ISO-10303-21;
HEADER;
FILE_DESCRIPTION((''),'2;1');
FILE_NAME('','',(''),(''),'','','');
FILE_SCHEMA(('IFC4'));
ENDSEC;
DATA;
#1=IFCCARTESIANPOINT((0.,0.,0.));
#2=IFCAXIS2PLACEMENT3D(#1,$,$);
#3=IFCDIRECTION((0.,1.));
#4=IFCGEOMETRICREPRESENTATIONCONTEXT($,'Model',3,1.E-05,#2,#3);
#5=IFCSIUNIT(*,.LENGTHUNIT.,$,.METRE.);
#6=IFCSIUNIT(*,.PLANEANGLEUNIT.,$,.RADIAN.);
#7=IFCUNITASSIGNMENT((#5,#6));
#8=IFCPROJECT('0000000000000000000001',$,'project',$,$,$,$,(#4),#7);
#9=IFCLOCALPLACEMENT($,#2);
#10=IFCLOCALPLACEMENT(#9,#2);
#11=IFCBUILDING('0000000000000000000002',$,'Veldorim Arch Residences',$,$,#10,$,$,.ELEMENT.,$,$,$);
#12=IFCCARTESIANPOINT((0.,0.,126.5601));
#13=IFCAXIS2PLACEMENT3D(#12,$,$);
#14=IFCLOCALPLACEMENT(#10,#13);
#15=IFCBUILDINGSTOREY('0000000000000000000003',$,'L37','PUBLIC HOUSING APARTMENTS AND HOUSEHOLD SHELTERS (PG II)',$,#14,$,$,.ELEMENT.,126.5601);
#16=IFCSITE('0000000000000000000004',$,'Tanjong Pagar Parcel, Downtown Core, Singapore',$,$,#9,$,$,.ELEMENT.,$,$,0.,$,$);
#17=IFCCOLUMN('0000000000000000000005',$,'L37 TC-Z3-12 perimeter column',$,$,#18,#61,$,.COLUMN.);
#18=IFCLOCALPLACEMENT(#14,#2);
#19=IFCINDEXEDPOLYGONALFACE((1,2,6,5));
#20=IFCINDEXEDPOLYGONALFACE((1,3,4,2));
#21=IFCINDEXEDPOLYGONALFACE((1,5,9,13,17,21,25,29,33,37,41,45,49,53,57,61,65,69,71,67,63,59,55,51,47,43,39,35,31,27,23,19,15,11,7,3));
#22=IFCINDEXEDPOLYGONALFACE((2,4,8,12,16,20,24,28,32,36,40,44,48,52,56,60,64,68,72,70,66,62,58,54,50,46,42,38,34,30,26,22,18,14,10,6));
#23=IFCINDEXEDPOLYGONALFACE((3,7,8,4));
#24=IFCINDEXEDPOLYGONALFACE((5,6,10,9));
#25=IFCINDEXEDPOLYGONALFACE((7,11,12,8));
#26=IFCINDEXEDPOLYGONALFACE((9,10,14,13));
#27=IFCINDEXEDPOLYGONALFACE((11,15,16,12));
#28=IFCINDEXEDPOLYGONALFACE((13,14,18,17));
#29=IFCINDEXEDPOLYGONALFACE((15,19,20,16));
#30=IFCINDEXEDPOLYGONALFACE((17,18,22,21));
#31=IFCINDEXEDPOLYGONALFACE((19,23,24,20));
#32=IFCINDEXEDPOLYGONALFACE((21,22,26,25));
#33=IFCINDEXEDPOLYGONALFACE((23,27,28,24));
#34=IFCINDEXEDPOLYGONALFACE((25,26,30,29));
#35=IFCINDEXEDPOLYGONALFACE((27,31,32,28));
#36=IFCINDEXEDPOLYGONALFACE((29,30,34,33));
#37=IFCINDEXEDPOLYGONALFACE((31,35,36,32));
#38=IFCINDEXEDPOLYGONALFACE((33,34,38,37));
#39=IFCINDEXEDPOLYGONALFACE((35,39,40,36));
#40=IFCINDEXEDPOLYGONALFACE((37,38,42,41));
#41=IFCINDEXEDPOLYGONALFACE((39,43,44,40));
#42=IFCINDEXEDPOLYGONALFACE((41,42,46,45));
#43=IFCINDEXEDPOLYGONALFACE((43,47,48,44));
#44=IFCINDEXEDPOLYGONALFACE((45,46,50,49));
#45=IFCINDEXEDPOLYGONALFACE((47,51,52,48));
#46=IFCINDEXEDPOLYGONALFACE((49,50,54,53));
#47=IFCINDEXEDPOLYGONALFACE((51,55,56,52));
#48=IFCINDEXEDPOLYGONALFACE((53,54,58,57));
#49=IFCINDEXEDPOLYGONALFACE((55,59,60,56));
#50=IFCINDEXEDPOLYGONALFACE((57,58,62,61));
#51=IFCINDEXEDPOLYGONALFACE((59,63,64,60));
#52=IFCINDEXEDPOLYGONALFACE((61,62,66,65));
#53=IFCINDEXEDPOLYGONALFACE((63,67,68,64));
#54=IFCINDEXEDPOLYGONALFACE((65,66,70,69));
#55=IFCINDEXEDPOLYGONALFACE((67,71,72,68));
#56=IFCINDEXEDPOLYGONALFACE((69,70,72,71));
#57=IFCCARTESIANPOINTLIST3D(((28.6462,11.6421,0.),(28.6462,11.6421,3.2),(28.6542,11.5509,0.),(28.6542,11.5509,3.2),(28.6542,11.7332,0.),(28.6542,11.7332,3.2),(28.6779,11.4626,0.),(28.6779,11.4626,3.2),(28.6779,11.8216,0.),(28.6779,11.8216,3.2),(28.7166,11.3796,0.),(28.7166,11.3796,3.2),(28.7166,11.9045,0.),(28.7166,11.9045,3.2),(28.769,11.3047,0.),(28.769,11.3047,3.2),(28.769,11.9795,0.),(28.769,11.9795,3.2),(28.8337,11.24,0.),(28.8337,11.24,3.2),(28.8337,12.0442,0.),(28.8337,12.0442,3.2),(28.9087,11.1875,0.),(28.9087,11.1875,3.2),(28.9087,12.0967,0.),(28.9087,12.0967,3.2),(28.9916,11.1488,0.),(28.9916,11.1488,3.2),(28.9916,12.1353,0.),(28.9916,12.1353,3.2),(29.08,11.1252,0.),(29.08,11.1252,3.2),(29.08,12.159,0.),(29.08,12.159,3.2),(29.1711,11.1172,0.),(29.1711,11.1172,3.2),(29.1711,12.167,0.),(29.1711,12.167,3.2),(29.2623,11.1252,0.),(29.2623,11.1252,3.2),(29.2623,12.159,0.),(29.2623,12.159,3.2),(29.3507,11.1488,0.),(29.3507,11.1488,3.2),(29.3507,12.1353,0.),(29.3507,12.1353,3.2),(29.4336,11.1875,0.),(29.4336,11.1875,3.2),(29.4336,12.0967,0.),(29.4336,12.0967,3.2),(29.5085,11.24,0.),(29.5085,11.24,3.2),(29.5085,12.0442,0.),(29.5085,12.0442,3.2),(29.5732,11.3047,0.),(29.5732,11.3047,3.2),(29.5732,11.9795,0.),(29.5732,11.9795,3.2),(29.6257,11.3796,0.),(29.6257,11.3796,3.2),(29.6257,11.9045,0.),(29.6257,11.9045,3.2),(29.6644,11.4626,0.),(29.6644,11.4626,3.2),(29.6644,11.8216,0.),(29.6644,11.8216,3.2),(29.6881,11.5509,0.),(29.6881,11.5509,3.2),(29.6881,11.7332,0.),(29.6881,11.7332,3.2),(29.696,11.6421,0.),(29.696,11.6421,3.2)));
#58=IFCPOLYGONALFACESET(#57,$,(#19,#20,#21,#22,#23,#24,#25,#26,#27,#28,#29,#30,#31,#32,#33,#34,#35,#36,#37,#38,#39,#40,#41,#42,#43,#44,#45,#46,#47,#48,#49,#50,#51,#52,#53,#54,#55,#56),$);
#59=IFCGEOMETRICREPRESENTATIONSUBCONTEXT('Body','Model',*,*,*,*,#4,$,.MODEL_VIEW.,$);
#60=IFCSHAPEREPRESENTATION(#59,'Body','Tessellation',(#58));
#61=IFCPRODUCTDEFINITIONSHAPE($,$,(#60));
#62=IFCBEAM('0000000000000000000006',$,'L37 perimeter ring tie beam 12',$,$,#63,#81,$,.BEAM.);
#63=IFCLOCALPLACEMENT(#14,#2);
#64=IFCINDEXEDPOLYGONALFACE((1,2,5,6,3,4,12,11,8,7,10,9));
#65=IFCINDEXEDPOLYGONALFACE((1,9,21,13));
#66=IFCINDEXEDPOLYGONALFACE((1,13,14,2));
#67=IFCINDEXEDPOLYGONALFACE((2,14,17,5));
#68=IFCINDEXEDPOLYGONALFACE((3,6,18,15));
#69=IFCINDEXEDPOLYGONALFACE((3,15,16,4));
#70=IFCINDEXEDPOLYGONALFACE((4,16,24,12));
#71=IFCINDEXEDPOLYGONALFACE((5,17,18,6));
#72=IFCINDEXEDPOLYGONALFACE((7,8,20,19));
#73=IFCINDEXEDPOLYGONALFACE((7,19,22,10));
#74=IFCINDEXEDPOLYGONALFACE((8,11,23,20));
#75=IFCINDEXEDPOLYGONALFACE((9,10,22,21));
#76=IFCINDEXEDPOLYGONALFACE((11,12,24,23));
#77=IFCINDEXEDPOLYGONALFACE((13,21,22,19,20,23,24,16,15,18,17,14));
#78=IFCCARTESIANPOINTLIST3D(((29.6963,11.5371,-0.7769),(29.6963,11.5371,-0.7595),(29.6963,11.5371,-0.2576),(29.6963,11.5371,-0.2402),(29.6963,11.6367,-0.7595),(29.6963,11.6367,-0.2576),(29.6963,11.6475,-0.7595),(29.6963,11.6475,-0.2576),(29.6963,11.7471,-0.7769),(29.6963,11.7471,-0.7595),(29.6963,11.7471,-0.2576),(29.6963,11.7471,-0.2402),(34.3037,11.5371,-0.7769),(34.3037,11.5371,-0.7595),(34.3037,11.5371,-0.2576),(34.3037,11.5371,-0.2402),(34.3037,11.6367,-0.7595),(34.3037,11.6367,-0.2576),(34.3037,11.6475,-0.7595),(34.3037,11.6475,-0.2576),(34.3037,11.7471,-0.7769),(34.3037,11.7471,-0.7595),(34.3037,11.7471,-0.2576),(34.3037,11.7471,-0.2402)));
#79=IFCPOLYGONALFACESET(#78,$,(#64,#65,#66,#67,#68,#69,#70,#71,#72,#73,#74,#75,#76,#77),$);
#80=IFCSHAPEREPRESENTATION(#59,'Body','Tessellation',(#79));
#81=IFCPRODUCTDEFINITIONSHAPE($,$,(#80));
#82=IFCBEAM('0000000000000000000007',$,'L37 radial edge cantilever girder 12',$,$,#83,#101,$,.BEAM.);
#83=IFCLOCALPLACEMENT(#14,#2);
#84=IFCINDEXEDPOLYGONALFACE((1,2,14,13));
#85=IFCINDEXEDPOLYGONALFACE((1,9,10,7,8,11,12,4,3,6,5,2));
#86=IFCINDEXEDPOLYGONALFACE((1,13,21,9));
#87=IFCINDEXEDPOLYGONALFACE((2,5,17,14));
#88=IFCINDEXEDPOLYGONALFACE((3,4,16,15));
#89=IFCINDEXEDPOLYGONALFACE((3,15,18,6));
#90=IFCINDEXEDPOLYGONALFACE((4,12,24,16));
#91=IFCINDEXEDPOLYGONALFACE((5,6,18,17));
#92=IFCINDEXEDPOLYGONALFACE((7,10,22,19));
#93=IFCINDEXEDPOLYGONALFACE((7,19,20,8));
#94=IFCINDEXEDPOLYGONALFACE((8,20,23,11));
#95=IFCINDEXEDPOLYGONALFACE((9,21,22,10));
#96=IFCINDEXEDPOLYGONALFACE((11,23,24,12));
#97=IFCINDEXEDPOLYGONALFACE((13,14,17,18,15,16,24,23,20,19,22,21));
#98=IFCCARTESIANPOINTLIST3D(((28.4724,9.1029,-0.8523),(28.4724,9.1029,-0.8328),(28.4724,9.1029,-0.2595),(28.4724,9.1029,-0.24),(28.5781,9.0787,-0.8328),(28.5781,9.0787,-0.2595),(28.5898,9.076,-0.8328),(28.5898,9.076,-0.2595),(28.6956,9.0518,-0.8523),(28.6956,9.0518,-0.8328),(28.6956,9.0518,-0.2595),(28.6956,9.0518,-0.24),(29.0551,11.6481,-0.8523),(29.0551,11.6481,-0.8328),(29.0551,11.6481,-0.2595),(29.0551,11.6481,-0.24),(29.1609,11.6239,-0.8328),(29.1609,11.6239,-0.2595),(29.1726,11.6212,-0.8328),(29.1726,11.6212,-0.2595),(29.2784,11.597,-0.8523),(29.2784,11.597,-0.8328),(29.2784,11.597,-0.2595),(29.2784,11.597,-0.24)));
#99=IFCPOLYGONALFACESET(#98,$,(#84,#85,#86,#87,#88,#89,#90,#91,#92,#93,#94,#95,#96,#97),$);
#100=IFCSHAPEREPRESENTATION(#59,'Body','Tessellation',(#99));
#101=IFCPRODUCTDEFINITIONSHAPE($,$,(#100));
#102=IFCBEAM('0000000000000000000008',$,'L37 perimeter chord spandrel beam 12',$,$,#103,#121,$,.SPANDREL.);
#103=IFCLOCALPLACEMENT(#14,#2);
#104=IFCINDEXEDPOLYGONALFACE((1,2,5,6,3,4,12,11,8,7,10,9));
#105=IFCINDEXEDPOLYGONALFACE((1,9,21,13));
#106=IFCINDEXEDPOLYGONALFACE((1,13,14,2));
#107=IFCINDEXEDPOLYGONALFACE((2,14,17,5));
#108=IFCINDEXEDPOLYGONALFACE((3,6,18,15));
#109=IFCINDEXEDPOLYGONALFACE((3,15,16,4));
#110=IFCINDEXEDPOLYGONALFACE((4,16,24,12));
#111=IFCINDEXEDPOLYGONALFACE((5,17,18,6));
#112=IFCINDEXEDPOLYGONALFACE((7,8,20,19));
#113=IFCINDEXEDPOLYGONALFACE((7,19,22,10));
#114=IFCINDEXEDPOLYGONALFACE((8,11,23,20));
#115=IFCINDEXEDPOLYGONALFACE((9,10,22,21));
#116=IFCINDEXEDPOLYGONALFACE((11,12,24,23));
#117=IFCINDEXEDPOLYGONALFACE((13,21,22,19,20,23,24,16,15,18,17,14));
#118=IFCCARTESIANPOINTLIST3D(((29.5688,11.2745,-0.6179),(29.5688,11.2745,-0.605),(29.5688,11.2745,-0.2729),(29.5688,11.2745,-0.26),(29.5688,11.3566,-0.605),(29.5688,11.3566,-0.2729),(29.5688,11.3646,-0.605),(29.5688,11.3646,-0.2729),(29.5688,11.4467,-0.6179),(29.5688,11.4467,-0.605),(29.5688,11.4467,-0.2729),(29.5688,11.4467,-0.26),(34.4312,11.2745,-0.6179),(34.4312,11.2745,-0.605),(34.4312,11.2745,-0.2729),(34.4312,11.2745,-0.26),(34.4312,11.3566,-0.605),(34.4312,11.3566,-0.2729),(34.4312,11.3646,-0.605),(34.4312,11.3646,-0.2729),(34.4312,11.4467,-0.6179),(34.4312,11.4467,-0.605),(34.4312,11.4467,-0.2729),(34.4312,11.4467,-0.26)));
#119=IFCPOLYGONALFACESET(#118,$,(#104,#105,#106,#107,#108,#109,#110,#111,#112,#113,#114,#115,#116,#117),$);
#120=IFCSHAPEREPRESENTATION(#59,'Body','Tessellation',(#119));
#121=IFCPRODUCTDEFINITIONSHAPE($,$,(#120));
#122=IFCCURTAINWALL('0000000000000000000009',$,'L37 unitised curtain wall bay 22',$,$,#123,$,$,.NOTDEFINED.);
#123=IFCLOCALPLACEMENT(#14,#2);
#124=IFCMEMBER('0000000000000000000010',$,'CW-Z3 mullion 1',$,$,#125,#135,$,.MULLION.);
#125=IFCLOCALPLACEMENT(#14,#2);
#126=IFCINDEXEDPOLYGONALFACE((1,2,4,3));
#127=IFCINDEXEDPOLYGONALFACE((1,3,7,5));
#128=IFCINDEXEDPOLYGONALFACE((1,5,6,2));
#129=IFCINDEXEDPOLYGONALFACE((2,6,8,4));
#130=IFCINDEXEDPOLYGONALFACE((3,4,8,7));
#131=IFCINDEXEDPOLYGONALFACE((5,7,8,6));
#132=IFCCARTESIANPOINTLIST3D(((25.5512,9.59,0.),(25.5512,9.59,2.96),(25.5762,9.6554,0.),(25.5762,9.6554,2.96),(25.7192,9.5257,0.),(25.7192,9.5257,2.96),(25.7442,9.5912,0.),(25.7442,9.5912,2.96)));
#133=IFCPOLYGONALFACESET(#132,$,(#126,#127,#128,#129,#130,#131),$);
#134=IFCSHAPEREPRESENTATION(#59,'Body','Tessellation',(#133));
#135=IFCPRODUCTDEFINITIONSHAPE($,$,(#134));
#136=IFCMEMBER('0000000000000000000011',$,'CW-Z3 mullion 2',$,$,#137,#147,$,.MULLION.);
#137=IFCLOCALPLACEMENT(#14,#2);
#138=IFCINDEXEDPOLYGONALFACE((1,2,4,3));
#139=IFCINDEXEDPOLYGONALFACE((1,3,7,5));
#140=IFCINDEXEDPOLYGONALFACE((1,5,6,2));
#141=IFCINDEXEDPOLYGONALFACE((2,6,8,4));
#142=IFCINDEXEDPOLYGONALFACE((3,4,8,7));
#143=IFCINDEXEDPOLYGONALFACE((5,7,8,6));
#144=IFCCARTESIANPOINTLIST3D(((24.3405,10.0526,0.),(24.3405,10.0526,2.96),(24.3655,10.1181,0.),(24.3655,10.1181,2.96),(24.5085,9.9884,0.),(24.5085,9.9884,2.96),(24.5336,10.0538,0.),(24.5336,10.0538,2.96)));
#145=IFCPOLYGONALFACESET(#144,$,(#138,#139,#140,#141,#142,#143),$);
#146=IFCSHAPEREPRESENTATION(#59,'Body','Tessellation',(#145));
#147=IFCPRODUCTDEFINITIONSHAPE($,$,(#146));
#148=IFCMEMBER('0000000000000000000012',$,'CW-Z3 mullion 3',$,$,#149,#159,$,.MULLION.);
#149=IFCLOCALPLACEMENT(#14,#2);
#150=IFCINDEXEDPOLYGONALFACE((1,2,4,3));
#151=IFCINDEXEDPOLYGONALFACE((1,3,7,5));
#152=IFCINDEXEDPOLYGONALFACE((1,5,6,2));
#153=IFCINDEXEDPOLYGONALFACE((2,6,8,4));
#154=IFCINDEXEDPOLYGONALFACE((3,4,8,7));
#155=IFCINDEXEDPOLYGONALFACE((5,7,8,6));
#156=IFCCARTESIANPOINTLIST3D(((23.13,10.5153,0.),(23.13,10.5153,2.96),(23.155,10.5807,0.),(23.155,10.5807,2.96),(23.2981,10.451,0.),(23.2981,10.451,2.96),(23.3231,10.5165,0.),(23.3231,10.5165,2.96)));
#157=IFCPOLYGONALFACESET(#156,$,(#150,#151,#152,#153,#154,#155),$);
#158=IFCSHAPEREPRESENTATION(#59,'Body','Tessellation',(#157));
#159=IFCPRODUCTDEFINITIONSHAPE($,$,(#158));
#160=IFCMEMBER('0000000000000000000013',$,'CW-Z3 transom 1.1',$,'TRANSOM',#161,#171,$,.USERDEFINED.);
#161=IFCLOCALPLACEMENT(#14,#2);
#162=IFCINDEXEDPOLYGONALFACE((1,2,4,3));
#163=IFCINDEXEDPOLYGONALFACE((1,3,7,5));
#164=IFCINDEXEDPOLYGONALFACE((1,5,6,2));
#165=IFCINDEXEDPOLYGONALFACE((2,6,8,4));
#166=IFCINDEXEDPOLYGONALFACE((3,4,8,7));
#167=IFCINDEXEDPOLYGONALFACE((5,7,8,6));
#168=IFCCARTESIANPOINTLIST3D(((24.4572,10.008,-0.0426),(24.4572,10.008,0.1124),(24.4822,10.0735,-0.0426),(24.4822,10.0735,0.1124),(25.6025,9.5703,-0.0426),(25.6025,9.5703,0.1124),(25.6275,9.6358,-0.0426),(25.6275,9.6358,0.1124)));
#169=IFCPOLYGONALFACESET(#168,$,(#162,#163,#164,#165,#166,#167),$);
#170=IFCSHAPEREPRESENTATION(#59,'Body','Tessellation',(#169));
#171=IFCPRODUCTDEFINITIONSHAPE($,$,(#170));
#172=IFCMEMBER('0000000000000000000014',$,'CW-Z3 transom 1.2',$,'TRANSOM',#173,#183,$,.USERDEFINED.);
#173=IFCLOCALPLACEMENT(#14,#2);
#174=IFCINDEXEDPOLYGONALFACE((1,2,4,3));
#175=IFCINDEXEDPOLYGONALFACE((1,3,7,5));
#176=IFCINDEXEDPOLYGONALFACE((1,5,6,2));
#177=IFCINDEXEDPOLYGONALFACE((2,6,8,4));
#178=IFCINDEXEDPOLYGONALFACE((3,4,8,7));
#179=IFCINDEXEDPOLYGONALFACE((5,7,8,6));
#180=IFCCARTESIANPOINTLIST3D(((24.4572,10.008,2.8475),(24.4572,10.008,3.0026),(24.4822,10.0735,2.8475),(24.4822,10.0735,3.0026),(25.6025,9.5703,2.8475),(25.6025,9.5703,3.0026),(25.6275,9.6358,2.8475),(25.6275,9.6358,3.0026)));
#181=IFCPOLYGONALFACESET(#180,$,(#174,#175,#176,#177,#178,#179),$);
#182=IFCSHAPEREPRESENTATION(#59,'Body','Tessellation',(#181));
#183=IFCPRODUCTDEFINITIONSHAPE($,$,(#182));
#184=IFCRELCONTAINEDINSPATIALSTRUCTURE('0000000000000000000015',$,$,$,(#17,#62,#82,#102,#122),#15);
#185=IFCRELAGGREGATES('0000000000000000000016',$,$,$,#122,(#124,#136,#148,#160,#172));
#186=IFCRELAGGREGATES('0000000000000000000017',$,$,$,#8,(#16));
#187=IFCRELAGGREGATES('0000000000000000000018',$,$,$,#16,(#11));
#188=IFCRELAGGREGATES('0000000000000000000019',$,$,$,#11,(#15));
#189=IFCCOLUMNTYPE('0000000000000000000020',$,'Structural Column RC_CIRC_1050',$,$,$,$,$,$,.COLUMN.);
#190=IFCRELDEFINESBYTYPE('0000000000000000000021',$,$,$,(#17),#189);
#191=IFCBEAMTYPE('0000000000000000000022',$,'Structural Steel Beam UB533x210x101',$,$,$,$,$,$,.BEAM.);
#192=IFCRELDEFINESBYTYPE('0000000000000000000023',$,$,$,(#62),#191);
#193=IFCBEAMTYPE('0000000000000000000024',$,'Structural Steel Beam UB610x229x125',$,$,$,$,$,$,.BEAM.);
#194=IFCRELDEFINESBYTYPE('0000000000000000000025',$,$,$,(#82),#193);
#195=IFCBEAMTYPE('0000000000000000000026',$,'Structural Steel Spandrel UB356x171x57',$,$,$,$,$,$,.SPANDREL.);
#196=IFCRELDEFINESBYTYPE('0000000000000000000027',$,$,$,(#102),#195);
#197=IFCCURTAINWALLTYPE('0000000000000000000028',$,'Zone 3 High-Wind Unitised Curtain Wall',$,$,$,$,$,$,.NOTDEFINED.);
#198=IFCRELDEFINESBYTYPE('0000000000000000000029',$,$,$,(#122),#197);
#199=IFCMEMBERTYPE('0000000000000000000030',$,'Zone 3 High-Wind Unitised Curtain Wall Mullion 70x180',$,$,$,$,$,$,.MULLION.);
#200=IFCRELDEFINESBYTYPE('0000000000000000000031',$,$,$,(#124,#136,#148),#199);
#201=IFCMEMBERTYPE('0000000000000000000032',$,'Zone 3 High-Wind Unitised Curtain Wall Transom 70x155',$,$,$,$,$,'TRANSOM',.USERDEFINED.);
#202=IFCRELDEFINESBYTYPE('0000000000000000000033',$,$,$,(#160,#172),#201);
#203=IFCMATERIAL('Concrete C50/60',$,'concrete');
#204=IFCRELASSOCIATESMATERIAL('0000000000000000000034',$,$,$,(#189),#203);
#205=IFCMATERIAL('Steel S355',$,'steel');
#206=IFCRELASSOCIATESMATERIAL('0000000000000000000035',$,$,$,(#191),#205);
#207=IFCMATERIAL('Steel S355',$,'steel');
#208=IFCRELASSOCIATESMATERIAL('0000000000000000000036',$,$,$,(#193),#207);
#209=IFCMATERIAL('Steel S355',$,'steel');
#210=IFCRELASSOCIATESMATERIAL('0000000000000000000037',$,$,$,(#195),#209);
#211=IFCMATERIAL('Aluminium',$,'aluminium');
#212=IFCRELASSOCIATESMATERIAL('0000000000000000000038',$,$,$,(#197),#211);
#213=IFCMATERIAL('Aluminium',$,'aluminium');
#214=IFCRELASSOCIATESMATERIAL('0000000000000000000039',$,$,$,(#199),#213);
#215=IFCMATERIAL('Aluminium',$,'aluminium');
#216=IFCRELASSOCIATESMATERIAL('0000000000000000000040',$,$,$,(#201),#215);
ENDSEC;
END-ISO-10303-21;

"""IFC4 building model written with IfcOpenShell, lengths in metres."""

from ifc_helpers import new_model, si_unit, direction, frame, origin, origin_2d, place, context, subcontext, project, spatial, rectangle, circle, i_section, extrude, material, material_profile, profile_set, type_object, element, aggregate, save


model = new_model("IFC4")

# Units and contexts
model_context = context("Model", 3, precision=1e-05, world=origin(), true_north=direction((0.0, 1.0)))
body_context = subcontext(model_context, "Body", "Model", "MODEL_VIEW")
ifc_project = project(units=[si_unit("LENGTHUNIT", "METRE"), si_unit("PLANEANGLEUNIT", "RADIAN")], contexts=[model_context])

# Site, building, storey
site_placement = place(None, origin())
site = spatial("IfcSite", under=ifc_project, at=site_placement, Name="Tanjong Pagar Parcel, Downtown Core, Singapore", CompositionType="ELEMENT", RefElevation=0.0)
building_placement = place(site_placement, origin())
building = spatial("IfcBuilding", under=site, at=building_placement, Name="Veldorim Arch Residences", CompositionType="ELEMENT")
storey_placement = place(building_placement, frame((0.0, 0.0, 126.5601)))
storey = spatial("IfcBuildingStorey", under=building, at=storey_placement, Name="L37", Description="PUBLIC HOUSING APARTMENTS AND HOUSEHOLD SHELTERS (PG II)", CompositionType="ELEMENT", Elevation=126.5601)

# Column
ifc_material_1 = material(Name="Concrete C50/60", Category="concrete")
ifc_material_profile_1 = material_profile(ifc_material_1, circle(Radius=0.5249, at=origin_2d()), Name="RC_CIRC_1050")
ifc_profile_set_1 = profile_set([ifc_material_profile_1], Name="Concrete C50/60")
column_type = type_object("IfcColumnType", Name="Structural Column RC_CIRC_1050", PredefinedType="COLUMN", material=ifc_profile_set_1)
column_placement = place(storey_placement, frame((29.1711, 11.6421, 0.0), z_axis=(0.0, 0.0, 1.0), x_axis=(1.0, 0.0, 0.0)))
element("IfcColumn", 1, at=column_placement, inside=storey, type_object=column_type, Name="L37 TC-Z3-12 perimeter column", PredefinedType="COLUMN", context=body_context, shape_type="SweptSolid", body=[
    extrude(circle(Radius=0.5249, at=origin_2d()), origin(), (0.0, 0.0, 1.0), 3.2),
])

# Beams
ifc_material_2 = material(Name="Steel S355", Category="steel")
ifc_material_profile_2 = material_profile(ifc_material_2, i_section(OverallWidth=0.21, OverallDepth=0.5366, WebThickness=0.0107, FlangeThickness=0.0173, at=origin_2d()), Name="UB533x210x101")
ifc_profile_set_2 = profile_set([ifc_material_profile_2], Name="Steel S355")
beam_type_1 = type_object("IfcBeamType", Name="Structural Steel Beam UB533x210x101", PredefinedType="BEAM", material=ifc_profile_set_2)
beam_1_placement = place(storey_placement, frame((29.6963, 11.6421, -0.5085), z_axis=(1.0, 0.0, 0.0), x_axis=(0.0, 1.0, 0.0)))
element("IfcBeam", 2, at=beam_1_placement, inside=storey, type_object=beam_type_1, Name="L37 perimeter ring tie beam 12", PredefinedType="BEAM", context=body_context, shape_type="SweptSolid", body=[
    extrude(i_section(OverallWidth=0.21, OverallDepth=0.5366, WebThickness=0.0107, FlangeThickness=0.0173, at=origin_2d()), origin(), (0.0, 0.0, 1.0), 4.6074),
])
ifc_material_3 = material(Name="Steel S355", Category="steel")
ifc_material_profile_3 = material_profile(ifc_material_3, i_section(OverallWidth=0.229, OverallDepth=0.6123, WebThickness=0.012, FlangeThickness=0.0195, at=origin_2d()), Name="UB610x229x125")
ifc_profile_set_3 = profile_set([ifc_material_profile_3], Name="Steel S355")
beam_type_2 = type_object("IfcBeamType", Name="Structural Steel Beam UB610x229x125", PredefinedType="BEAM", material=ifc_profile_set_3)
beam_2_placement = place(storey_placement, frame((29.1667, 11.6226, -0.5461), z_axis=(-0.223193, -0.974774, 0.0), x_axis=(0.974774, -0.223193, 0.0)))
element("IfcBeam", 3, at=beam_2_placement, inside=storey, type_object=beam_type_2, Name="L37 radial edge cantilever girder 12", PredefinedType="BEAM", context=body_context, shape_type="SweptSolid", body=[
    extrude(i_section(OverallWidth=0.229, OverallDepth=0.6123, WebThickness=0.012, FlangeThickness=0.0195, at=origin_2d()), origin(), (0.0, 0.0, 1.0), 2.6111),
])
ifc_material_4 = material(Name="Steel S355", Category="steel")
ifc_material_profile_4 = material_profile(ifc_material_4, i_section(OverallWidth=0.1721, OverallDepth=0.3579, WebThickness=0.0081, FlangeThickness=0.0129, at=origin_2d()), Name="UB356x171x57")
ifc_profile_set_4 = profile_set([ifc_material_profile_4], Name="Steel S355")
beam_type_3 = type_object("IfcBeamType", Name="Structural Steel Spandrel UB356x171x57", PredefinedType="SPANDREL", material=ifc_profile_set_4)
beam_3_placement = place(storey_placement, frame((29.5688, 11.3606, -0.439), z_axis=(1.0, 0.0, 0.0), x_axis=(0.0, 1.0, 0.0)))
element("IfcBeam", 4, at=beam_3_placement, inside=storey, type_object=beam_type_3, Name="L37 perimeter chord spandrel beam 12", PredefinedType="SPANDREL", context=body_context, shape_type="SweptSolid", body=[
    extrude(i_section(OverallWidth=0.1721, OverallDepth=0.3579, WebThickness=0.0081, FlangeThickness=0.0129, at=origin_2d()), origin(), (0.0, 0.0, 1.0), 4.8623),
])

# Curtain wall, members
ifc_material_5 = material(Name="Aluminium", Category="aluminium")
curtain_wall_type = type_object("IfcCurtainWallType", Name="Zone 3 High-Wind Unitised Curtain Wall", PredefinedType="NOTDEFINED", material=ifc_material_5)
curtain_wall_placement = place(storey_placement, origin())
curtain_wall = element("IfcCurtainWall", 5, at=curtain_wall_placement, inside=storey, type_object=curtain_wall_type, Name="L37 unitised curtain wall bay 22", PredefinedType="NOTDEFINED")
ifc_material_6 = material(Name="Aluminium", Category="aluminium")
ifc_material_profile_5 = material_profile(ifc_material_6, rectangle(XDim=0.0701, YDim=0.1799, at=origin_2d()), Name="ALU_MUL_70x180")
ifc_profile_set_5 = profile_set([ifc_material_profile_5], Name="Aluminium")
member_type_1 = type_object("IfcMemberType", Name="Zone 3 High-Wind Unitised Curtain Wall Mullion 70x180", PredefinedType="MULLION", material=ifc_profile_set_5)
member_1_placement = place(storey_placement, frame((25.6477, 9.5906, 0.0), z_axis=(0.0, 0.0, 1.0), x_axis=(-0.356987, -0.934109, 0.0)))
member_1 = element("IfcMember", 6, at=member_1_placement, type_object=member_type_1, Name="CW-Z3 mullion 1", PredefinedType="MULLION", context=body_context, shape_type="SweptSolid", body=[
    extrude(rectangle(XDim=0.0701, YDim=0.1799, at=origin_2d()), origin(), (0.0, 0.0, 1.0), 2.96),
])
member_2_placement = place(storey_placement, frame((24.437, 10.0532, 0.0), z_axis=(0.0, 0.0, 1.0), x_axis=(-0.356987, -0.934109, 0.0)))
member_2 = element("IfcMember", 7, at=member_2_placement, type_object=member_type_1, Name="CW-Z3 mullion 2", PredefinedType="MULLION", context=body_context, shape_type="SweptSolid", body=[
    extrude(rectangle(XDim=0.0701, YDim=0.1799, at=origin_2d()), origin(), (0.0, 0.0, 1.0), 2.96),
])
member_3_placement = place(storey_placement, frame((23.2266, 10.5159, 0.0), z_axis=(0.0, 0.0, 1.0), x_axis=(-0.356987, -0.934109, 0.0)))
member_3 = element("IfcMember", 8, at=member_3_placement, type_object=member_type_1, Name="CW-Z3 mullion 3", PredefinedType="MULLION", context=body_context, shape_type="SweptSolid", body=[
    extrude(rectangle(XDim=0.0701, YDim=0.1799, at=origin_2d()), origin(), (0.0, 0.0, 1.0), 2.96),
])
ifc_material_7 = material(Name="Aluminium", Category="aluminium")
ifc_material_profile_6 = material_profile(ifc_material_7, rectangle(XDim=0.0701, YDim=0.155, at=origin_2d()), Name="ALU_TRN_70x155")
ifc_profile_set_6 = profile_set([ifc_material_profile_6], Name="Aluminium")
member_type_2 = type_object("IfcMemberType", Name="Zone 3 High-Wind Unitised Curtain Wall Transom 70x155", ElementType="TRANSOM", PredefinedType="USERDEFINED", material=ifc_profile_set_6)
member_4_placement = place(storey_placement, frame((25.615, 9.603, 0.0349), z_axis=(-0.934093, 0.35703, 0.0), x_axis=(-0.35703, -0.934093, 0.0)))
member_4 = element("IfcMember", 9, at=member_4_placement, type_object=member_type_2, Name="CW-Z3 transom 1.1", ObjectType="TRANSOM", PredefinedType="USERDEFINED", context=body_context, shape_type="SweptSolid", body=[
    extrude(rectangle(XDim=0.0701, YDim=0.155, at=origin_2d()), origin(), (0.0, 0.0, 1.0), 1.2261),
])
member_5_placement = place(storey_placement, frame((25.615, 9.603, 2.925), z_axis=(-0.934093, 0.35703, 0.0), x_axis=(-0.35703, -0.934093, 0.0)))
member_5 = element("IfcMember", 10, at=member_5_placement, type_object=member_type_2, Name="CW-Z3 transom 1.2", ObjectType="TRANSOM", PredefinedType="USERDEFINED", context=body_context, shape_type="SweptSolid", body=[
    extrude(rectangle(XDim=0.0701, YDim=0.155, at=origin_2d()), origin(), (0.0, 0.0, 1.0), 1.2261),
])
aggregate(curtain_wall, [member_1, member_2, member_3, member_4, member_5])

save(model, "model.ifc")
